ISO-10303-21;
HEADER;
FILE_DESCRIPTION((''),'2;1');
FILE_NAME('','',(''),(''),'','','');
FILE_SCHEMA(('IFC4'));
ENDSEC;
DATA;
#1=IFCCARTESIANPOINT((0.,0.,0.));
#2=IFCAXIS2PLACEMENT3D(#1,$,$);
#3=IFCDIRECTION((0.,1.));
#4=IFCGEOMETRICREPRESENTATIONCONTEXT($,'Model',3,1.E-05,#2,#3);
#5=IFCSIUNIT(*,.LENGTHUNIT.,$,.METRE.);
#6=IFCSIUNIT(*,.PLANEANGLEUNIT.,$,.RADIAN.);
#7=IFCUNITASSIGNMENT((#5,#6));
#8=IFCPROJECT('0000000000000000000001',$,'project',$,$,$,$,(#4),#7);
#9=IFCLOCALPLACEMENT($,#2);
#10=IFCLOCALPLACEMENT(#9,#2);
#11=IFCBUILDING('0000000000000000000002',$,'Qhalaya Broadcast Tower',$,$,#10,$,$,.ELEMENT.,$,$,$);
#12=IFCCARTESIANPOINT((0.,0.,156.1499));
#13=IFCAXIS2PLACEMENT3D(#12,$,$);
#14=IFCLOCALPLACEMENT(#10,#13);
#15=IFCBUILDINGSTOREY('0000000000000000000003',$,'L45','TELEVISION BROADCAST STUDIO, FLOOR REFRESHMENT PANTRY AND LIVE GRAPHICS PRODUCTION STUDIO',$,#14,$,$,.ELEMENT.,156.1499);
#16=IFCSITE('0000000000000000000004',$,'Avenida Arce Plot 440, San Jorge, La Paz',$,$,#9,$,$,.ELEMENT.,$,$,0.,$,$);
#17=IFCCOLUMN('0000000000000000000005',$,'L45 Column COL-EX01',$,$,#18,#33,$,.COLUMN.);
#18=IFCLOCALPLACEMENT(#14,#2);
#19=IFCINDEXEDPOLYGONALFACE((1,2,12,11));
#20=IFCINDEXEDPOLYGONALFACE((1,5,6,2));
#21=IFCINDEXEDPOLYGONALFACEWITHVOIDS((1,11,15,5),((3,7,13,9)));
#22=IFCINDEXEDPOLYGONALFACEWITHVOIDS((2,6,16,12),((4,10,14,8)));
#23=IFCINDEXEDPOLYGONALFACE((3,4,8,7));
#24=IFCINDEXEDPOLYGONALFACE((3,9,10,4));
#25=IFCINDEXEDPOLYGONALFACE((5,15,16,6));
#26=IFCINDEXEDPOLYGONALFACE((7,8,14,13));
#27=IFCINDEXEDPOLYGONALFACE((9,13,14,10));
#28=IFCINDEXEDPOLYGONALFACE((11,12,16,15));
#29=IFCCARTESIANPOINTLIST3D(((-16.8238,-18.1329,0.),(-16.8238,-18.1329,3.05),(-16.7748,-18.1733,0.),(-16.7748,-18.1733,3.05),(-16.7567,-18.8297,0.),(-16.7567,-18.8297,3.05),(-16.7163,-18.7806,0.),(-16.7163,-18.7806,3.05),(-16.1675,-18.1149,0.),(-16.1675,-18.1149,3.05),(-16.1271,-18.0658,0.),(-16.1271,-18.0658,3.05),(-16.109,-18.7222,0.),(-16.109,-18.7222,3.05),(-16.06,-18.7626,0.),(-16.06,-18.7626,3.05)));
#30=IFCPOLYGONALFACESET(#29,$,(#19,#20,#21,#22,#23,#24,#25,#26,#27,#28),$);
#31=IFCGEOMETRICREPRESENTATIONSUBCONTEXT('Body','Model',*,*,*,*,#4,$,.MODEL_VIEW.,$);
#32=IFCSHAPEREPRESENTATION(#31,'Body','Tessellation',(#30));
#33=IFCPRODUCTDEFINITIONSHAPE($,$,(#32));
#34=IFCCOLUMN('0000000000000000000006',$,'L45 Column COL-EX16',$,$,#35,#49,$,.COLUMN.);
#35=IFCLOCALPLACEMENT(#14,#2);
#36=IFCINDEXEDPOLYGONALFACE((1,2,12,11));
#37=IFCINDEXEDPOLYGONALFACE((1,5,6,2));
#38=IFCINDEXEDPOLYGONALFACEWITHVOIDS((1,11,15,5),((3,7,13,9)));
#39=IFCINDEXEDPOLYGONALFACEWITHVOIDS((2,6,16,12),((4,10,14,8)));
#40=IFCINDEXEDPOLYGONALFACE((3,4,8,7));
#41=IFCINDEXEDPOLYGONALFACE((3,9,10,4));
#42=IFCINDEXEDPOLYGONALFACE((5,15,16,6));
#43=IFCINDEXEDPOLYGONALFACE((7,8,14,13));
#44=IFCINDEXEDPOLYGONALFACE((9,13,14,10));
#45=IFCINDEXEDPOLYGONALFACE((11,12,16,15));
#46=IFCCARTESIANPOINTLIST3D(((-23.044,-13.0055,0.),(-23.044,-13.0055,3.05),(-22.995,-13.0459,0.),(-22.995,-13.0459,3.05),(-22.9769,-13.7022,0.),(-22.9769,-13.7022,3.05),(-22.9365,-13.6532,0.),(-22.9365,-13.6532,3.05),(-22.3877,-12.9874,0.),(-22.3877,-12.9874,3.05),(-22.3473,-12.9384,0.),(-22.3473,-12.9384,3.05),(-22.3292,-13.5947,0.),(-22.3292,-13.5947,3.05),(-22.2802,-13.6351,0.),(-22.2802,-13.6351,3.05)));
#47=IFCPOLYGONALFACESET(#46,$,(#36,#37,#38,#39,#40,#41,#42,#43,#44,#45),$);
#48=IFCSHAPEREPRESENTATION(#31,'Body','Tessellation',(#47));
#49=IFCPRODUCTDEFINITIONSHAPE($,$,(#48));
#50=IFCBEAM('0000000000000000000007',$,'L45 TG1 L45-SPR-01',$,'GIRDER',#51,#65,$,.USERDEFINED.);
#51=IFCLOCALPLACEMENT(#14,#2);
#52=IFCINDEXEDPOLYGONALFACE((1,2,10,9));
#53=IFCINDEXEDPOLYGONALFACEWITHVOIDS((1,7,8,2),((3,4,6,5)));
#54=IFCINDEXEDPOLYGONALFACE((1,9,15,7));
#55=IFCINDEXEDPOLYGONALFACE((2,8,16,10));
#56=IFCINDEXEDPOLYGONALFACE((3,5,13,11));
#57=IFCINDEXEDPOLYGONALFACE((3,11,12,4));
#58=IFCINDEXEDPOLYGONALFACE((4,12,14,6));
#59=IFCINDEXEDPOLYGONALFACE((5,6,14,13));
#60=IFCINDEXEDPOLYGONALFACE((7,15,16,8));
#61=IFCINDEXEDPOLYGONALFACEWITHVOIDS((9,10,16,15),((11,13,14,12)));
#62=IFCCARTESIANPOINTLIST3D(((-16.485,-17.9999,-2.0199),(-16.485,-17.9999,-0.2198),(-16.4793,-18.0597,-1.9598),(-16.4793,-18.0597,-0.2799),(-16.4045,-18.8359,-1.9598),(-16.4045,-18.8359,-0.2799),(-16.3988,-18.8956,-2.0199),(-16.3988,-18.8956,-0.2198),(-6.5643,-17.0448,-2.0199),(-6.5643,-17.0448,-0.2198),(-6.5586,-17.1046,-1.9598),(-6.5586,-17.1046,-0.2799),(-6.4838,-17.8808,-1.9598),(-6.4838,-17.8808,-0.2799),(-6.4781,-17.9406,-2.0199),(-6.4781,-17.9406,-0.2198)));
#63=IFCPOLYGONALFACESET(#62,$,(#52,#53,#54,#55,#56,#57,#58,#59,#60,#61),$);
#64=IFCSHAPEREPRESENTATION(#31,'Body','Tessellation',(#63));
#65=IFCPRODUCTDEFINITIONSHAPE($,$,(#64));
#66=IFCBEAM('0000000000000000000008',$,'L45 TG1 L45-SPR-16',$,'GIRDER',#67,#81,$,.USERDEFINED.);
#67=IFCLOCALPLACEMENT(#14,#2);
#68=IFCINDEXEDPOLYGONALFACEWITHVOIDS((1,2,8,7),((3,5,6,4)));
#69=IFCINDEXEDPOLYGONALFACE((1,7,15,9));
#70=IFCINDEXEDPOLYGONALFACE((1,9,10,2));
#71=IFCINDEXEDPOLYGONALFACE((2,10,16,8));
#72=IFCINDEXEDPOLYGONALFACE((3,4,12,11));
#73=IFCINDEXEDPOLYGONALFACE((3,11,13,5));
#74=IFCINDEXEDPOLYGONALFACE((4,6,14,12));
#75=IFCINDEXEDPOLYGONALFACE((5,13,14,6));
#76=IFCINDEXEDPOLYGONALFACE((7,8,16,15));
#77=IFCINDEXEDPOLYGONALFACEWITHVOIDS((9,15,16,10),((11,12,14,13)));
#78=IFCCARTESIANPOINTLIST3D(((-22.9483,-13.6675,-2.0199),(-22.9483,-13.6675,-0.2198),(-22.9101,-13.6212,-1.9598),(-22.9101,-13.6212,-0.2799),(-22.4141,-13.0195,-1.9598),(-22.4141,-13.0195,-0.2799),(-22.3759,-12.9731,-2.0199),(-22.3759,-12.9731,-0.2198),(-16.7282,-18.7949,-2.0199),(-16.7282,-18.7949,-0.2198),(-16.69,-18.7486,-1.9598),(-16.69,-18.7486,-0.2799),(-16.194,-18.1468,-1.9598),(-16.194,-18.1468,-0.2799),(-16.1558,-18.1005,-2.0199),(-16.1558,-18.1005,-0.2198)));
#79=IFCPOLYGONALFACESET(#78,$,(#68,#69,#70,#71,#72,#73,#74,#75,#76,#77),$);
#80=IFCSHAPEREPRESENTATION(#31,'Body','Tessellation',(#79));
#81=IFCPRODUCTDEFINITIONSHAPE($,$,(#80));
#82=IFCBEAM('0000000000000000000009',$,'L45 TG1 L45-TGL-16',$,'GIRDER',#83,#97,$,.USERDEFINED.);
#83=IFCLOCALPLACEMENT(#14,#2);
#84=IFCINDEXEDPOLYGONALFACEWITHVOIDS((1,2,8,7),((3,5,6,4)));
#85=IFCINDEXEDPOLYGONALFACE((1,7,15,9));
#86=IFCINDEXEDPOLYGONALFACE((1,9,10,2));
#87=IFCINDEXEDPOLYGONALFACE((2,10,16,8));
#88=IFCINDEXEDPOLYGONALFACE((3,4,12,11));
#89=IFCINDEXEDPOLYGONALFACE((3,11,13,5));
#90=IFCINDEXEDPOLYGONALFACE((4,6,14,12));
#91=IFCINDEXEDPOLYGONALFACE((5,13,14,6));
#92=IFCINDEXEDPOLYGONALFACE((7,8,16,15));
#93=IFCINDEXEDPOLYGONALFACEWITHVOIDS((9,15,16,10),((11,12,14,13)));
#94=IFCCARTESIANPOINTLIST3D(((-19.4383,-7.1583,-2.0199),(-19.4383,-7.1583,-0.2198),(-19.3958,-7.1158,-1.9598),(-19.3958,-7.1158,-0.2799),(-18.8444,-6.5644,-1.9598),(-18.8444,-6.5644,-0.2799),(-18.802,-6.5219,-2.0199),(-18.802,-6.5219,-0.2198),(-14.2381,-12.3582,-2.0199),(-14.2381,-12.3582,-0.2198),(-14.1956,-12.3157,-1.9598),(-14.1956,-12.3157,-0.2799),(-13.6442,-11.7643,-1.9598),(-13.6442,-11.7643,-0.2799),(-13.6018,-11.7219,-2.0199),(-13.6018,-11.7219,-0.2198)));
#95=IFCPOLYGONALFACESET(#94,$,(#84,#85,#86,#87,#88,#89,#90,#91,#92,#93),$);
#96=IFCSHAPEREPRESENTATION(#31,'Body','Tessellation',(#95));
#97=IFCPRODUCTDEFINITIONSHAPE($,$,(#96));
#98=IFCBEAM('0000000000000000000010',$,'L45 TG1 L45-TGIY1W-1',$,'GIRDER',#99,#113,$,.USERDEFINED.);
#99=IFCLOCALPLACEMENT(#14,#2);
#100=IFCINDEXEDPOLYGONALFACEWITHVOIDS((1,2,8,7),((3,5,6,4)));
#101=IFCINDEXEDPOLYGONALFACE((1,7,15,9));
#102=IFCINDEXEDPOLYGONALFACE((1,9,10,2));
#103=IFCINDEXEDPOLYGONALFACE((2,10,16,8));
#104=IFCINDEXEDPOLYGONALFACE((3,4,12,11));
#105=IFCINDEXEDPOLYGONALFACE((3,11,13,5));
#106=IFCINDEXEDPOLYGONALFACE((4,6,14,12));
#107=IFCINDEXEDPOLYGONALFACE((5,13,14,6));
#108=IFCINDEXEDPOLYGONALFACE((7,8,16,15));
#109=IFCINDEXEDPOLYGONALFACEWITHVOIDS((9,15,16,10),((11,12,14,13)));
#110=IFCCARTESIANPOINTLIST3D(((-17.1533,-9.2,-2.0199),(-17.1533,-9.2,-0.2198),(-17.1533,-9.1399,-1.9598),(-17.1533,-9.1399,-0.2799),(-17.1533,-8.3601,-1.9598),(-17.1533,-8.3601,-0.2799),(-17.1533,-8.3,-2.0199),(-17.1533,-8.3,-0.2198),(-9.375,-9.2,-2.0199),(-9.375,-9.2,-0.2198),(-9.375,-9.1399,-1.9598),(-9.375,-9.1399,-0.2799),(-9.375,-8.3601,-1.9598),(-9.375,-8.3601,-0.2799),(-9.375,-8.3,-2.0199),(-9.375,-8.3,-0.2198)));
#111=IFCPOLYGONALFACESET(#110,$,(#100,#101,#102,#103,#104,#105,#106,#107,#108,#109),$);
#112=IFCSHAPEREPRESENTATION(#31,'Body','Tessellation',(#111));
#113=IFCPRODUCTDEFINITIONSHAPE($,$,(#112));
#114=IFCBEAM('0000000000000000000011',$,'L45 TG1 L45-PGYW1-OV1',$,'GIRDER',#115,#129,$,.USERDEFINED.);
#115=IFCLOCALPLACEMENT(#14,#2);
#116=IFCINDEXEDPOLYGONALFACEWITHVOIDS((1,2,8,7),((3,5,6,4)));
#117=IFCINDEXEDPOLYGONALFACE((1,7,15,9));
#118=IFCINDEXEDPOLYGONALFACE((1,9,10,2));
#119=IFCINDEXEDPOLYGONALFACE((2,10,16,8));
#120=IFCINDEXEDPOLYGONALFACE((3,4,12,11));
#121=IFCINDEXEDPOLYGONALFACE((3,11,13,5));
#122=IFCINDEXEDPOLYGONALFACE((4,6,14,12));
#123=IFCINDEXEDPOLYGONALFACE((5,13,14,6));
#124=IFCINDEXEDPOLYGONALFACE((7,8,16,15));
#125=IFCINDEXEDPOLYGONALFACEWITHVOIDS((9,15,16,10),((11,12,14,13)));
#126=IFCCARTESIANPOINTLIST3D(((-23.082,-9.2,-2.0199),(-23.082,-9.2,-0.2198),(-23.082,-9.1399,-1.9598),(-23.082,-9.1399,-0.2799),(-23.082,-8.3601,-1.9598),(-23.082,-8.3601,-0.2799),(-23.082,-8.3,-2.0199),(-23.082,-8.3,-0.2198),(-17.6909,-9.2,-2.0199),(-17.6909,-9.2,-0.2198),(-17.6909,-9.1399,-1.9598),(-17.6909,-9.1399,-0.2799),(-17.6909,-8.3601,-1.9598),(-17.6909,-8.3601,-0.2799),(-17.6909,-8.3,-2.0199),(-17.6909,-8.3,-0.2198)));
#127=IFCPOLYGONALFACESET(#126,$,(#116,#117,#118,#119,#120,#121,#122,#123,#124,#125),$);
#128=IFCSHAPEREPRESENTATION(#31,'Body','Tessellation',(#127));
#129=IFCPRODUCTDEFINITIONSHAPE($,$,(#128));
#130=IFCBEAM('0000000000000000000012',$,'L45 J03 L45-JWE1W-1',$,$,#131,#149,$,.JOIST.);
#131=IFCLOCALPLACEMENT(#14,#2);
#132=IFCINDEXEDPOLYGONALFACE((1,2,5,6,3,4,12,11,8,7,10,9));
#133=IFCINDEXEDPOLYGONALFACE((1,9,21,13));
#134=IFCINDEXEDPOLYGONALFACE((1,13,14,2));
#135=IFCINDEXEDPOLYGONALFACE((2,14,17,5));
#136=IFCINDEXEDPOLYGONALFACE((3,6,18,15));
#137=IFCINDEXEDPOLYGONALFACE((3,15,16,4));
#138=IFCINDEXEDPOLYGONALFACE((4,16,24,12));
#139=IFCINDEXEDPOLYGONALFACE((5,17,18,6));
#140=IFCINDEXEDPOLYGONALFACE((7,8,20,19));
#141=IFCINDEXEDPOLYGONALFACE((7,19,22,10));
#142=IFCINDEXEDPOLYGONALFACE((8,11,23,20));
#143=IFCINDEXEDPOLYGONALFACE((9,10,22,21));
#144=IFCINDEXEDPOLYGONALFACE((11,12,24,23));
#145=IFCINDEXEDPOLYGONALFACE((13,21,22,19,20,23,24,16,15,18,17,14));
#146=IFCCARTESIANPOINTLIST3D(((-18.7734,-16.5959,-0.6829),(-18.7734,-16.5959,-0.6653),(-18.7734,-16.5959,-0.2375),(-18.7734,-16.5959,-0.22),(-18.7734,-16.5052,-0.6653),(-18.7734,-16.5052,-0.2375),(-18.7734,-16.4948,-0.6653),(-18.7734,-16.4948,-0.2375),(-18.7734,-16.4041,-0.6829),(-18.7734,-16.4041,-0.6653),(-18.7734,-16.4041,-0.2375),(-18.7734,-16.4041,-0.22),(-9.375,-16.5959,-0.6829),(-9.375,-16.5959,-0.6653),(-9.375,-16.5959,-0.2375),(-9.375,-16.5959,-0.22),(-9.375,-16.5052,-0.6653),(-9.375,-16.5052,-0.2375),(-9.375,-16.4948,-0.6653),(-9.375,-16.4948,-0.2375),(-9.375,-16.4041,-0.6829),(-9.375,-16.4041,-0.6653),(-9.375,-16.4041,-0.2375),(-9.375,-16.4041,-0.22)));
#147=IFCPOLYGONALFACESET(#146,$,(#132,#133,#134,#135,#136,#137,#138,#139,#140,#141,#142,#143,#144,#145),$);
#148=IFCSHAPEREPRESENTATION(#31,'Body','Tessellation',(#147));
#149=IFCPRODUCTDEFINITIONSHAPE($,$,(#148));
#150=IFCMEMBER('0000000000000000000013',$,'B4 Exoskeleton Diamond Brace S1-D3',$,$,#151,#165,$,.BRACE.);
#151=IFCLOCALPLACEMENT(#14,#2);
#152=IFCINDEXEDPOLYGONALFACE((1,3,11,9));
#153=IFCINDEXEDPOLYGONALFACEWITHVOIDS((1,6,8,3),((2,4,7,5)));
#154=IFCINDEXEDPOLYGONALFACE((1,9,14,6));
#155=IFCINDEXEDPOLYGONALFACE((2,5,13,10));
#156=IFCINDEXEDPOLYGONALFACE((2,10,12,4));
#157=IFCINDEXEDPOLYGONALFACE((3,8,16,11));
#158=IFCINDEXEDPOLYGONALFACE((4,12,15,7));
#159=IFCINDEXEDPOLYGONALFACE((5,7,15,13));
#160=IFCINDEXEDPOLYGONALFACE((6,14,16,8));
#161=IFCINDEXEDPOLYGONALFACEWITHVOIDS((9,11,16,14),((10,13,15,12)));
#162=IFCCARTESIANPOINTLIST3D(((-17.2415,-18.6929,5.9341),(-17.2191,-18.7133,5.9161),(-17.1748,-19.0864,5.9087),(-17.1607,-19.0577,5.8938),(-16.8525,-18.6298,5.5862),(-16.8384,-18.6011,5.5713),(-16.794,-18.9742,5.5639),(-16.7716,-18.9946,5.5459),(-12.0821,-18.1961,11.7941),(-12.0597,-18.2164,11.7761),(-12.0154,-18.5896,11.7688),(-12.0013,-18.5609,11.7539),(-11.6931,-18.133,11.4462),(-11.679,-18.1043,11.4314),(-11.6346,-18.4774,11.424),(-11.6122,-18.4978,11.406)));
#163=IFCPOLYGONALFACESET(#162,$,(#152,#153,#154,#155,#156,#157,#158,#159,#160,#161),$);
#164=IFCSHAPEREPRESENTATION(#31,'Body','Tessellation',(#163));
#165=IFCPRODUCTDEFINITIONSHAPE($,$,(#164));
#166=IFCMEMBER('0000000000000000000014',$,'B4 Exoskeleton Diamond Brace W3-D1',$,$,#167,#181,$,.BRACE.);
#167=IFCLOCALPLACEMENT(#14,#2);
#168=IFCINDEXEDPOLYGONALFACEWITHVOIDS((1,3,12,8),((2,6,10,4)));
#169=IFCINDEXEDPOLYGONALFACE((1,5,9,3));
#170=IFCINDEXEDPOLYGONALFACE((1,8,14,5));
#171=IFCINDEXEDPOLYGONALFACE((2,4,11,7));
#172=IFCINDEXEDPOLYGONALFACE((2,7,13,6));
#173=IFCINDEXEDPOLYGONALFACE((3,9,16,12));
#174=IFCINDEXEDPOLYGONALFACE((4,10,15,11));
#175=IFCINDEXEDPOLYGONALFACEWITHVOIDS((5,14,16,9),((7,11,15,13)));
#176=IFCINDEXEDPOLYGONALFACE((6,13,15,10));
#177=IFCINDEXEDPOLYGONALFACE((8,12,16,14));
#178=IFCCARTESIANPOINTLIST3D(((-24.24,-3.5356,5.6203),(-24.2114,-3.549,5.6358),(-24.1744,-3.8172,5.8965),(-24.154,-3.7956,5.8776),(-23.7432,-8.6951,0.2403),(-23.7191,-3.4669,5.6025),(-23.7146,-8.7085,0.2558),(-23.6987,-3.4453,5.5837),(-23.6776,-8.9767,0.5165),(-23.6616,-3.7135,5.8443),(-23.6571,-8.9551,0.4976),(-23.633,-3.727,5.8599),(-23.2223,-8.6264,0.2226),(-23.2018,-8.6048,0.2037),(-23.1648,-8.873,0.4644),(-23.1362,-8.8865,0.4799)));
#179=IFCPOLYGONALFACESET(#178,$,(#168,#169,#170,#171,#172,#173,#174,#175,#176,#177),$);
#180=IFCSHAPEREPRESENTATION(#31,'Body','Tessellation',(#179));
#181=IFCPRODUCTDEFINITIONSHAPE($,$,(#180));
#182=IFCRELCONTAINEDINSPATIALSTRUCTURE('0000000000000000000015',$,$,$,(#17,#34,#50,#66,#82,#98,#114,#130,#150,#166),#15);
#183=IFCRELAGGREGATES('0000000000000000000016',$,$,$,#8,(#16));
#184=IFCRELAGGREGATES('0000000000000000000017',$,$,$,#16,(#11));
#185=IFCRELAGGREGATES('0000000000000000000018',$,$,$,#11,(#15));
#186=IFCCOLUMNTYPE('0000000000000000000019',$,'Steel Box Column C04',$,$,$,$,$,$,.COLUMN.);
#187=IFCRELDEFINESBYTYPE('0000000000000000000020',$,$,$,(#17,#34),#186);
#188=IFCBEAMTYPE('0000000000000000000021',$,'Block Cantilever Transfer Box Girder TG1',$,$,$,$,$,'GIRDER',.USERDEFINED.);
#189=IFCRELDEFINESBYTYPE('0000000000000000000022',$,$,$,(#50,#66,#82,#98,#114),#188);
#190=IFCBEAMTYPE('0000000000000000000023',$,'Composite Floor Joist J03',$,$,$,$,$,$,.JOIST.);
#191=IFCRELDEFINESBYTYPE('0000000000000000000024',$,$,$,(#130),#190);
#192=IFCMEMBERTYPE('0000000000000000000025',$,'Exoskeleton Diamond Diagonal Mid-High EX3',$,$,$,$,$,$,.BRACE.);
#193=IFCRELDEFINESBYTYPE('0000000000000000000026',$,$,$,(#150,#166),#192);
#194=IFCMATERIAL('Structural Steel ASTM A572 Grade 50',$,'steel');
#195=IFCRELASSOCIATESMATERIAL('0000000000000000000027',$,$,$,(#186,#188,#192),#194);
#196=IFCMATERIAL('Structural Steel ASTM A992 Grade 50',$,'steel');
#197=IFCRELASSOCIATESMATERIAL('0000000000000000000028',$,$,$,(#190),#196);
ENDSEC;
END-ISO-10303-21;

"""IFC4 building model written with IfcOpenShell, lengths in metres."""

from ifc_helpers import new_model, si_unit, direction, frame, origin, origin_2d, place, context, subcontext, project, spatial, hollow_rectangle, i_section, extrude, material, material_profile, profile_set, type_object, element, save


model = new_model("IFC4")

# Units and contexts
model_context = context("Model", 3, precision=1e-05, world=origin(), true_north=direction((0.0, 1.0)))
body_context = subcontext(model_context, "Body", "Model", "MODEL_VIEW")
ifc_project = project(units=[si_unit("LENGTHUNIT", "METRE"), si_unit("PLANEANGLEUNIT", "RADIAN")], contexts=[model_context])

# Site, building, storey
site_placement = place(None, origin())
site = spatial("IfcSite", under=ifc_project, at=site_placement, Name="Avenida Arce Plot 440, San Jorge, La Paz", CompositionType="ELEMENT", RefElevation=0.0)
building_placement = place(site_placement, origin())
building = spatial("IfcBuilding", under=site, at=building_placement, Name="Qhalaya Broadcast Tower", CompositionType="ELEMENT")
storey_placement = place(building_placement, frame((0.0, 0.0, 156.1499)))
storey = spatial("IfcBuildingStorey", under=building, at=storey_placement, Name="L45", Description="TELEVISION BROADCAST STUDIO, FLOOR REFRESHMENT PANTRY AND LIVE GRAPHICS PRODUCTION STUDIO", CompositionType="ELEMENT", Elevation=156.1499)

# Columns
ifc_material_1 = material(Name="Structural Steel ASTM A572 Grade 50", Category="steel")
ifc_material_profile_1 = material_profile(ifc_material_1, hollow_rectangle(XDim=0.7, YDim=0.7, WallThickness=0.0449, at=origin_2d()), Name="BOX 700x700x45")
ifc_profile_set_1 = profile_set([ifc_material_profile_1], Name="Structural Steel ASTM A572 Grade 50")
column_type = type_object("IfcColumnType", Name="Steel Box Column C04", PredefinedType="COLUMN", material=ifc_profile_set_1)
for number, where, z_axis, x_axis, name in (
    (1, (-16.4419, -18.4478, 0.0), (0.0, 0.0, 1.0), (0.995396, 0.095846, 0.0), "L45 Column COL-EX01"),
    (2, (-22.6621, -13.3203, 0.0), (0.0, 0.0, 1.0), (-0.095846, 0.995396, 0.0), "L45 Column COL-EX16"),
):
    element("IfcColumn", number, at=place(storey_placement, frame(where, z_axis=z_axis, x_axis=x_axis)), inside=storey, type_object=column_type, Name=name, PredefinedType="COLUMN", context=body_context, shape_type="SweptSolid", body=[
        extrude(hollow_rectangle(XDim=0.7, YDim=0.7, WallThickness=0.0449, at=origin_2d()), origin(), (0.0, 0.0, 1.0), 3.05),
    ])

# Beams
ifc_material_profile_2 = material_profile(ifc_material_1, hollow_rectangle(XDim=0.8999, YDim=1.8, WallThickness=0.0601, at=origin_2d()), Name="BOX 900x1800x60")
ifc_profile_set_2 = profile_set([ifc_material_profile_2], Name="Structural Steel ASTM A572 Grade 50")
beam_type_1 = type_object("IfcBeamType", Name="Block Cantilever Transfer Box Girder TG1", ElementType="GIRDER", PredefinedType="USERDEFINED", material=ifc_profile_set_2)
beam_1_placement = place(storey_placement, frame((-16.4419, -18.4478, -1.1199), z_axis=(0.995398, 0.095829, 0.0), x_axis=(-0.095829, 0.995398, 0.0)))
element("IfcBeam", 3, at=beam_1_placement, inside=storey, type_object=beam_type_1, Name="L45 TG1 L45-SPR-01", ObjectType="GIRDER", PredefinedType="USERDEFINED", context=body_context, shape_type="SweptSolid", body=[
    extrude(hollow_rectangle(XDim=0.8999, YDim=1.8, WallThickness=0.0601, at=origin_2d()), origin(), (0.0, 0.0, 1.0), 9.9666),
])
beam_2_placement = place(storey_placement, frame((-22.6621, -13.3203, -1.1199), z_axis=(0.771631, -0.63607, 0.0), x_axis=(0.63607, 0.771631, 0.0)))
element("IfcBeam", 4, at=beam_2_placement, inside=storey, type_object=beam_type_1, Name="L45 TG1 L45-SPR-16", ObjectType="GIRDER", PredefinedType="USERDEFINED", context=body_context, shape_type="SweptSolid", body=[
    extrude(hollow_rectangle(XDim=0.8999, YDim=1.8, WallThickness=0.0601, at=origin_2d()), origin(), (0.0, 0.0, 1.0), 8.061),
])
beam_3_placement = place(storey_placement, frame((-19.1201, -6.8401, -1.1199), z_axis=(0.707123, -0.70709, 0.0), x_axis=(0.70709, 0.707123, 0.0)))
element("IfcBeam", 5, at=beam_3_placement, inside=storey, type_object=beam_type_1, Name="L45 TG1 L45-TGL-16", ObjectType="GIRDER", PredefinedType="USERDEFINED", context=body_context, shape_type="SweptSolid", body=[
    extrude(hollow_rectangle(XDim=0.8999, YDim=1.8, WallThickness=0.0601, at=origin_2d()), origin(), (0.0, 0.0, 1.0), 7.354),
])
beam_4_placement = place(storey_placement, frame((-17.1533, -8.75, -1.1199), z_axis=(1.0, 0.0, 0.0), x_axis=(0.0, 1.0, 0.0)))
element("IfcBeam", 6, at=beam_4_placement, inside=storey, type_object=beam_type_1, Name="L45 TG1 L45-TGIY1W-1", ObjectType="GIRDER", PredefinedType="USERDEFINED", context=body_context, shape_type="SweptSolid", body=[
    extrude(hollow_rectangle(XDim=0.8999, YDim=1.8, WallThickness=0.0601, at=origin_2d()), origin(), (0.0, 0.0, 1.0), 7.7783),
])
beam_5_placement = place(storey_placement, frame((-23.082, -8.75, -1.1199), z_axis=(1.0, 0.0, 0.0), x_axis=(0.0, 1.0, 0.0)))
element("IfcBeam", 7, at=beam_5_placement, inside=storey, type_object=beam_type_1, Name="L45 TG1 L45-PGYW1-OV1", ObjectType="GIRDER", PredefinedType="USERDEFINED", context=body_context, shape_type="SweptSolid", body=[
    extrude(hollow_rectangle(XDim=0.8999, YDim=1.8, WallThickness=0.0601, at=origin_2d()), origin(), (0.0, 0.0, 1.0), 5.3911),
])
ifc_material_2 = material(Name="Structural Steel ASTM A992 Grade 50", Category="steel")
ifc_material_profile_3 = material_profile(ifc_material_2, i_section(OverallWidth=0.1919, OverallDepth=0.4629, WebThickness=0.0105, FlangeThickness=0.0176, at=origin_2d()), Name="W18X60")
ifc_profile_set_3 = profile_set([ifc_material_profile_3], Name="Structural Steel ASTM A992 Grade 50")
beam_type_2 = type_object("IfcBeamType", Name="Composite Floor Joist J03", PredefinedType="JOIST", material=ifc_profile_set_3)
beam_6_placement = place(storey_placement, frame((-18.7734, -16.5, -0.4514), z_axis=(1.0, 0.0, 0.0), x_axis=(0.0, 1.0, 0.0)))
element("IfcBeam", 8, at=beam_6_placement, inside=storey, type_object=beam_type_2, Name="L45 J03 L45-JWE1W-1", PredefinedType="JOIST", context=body_context, shape_type="SweptSolid", body=[
    extrude(i_section(OverallWidth=0.1919, OverallDepth=0.4629, WebThickness=0.0105, FlangeThickness=0.0176, at=origin_2d()), origin(), (0.0, 0.0, 1.0), 9.3984),
])

# Members
ifc_material_profile_4 = material_profile(ifc_material_1, hollow_rectangle(XDim=0.3999, YDim=0.55, WallThickness=0.0249, at=origin_2d()), Name="BOX 400x550x25")
ifc_profile_set_4 = profile_set([ifc_material_profile_4], Name="Structural Steel ASTM A572 Grade 50")
member_type_1 = type_object("IfcMemberType", Name="Exoskeleton Diamond Diagonal Mid-High EX3", PredefinedType="BRACE", material=ifc_profile_set_4)
member_1_placement = place(storey_placement, frame((-17.0066, -18.8438, 5.74), z_axis=(0.659477, 0.063504, 0.749038), x_axis=(-0.166872, 0.983932, 0.0635)))
element("IfcMember", 9, at=member_1_placement, inside=storey, type_object=member_type_1, Name="B4 Exoskeleton Diamond Brace S1-D3", PredefinedType="BRACE", context=body_context, shape_type="SweptSolid", body=[
    extrude(hollow_rectangle(XDim=0.3999, YDim=0.55, WallThickness=0.0249, at=origin_2d()), origin(), (0.0, 0.0, 1.0), 7.8235),
])
member_2_placement = place(storey_placement, frame((-23.4397, -8.7908, 0.3601), z_axis=(-0.066504, 0.690632, 0.720142), x_axis=(0.164113, -0.704339, 0.690632)))
element("IfcMember", 10, at=member_2_placement, inside=storey, type_object=member_type_1, Name="B4 Exoskeleton Diamond Brace W3-D1", PredefinedType="BRACE", context=body_context, shape_type="SweptSolid", body=[
    extrude(hollow_rectangle(XDim=0.3999, YDim=0.55, WallThickness=0.0249, at=origin_2d()), origin(), (0.0, 0.0, 1.0), 7.4707),
])

save(model, "model.ifc")
